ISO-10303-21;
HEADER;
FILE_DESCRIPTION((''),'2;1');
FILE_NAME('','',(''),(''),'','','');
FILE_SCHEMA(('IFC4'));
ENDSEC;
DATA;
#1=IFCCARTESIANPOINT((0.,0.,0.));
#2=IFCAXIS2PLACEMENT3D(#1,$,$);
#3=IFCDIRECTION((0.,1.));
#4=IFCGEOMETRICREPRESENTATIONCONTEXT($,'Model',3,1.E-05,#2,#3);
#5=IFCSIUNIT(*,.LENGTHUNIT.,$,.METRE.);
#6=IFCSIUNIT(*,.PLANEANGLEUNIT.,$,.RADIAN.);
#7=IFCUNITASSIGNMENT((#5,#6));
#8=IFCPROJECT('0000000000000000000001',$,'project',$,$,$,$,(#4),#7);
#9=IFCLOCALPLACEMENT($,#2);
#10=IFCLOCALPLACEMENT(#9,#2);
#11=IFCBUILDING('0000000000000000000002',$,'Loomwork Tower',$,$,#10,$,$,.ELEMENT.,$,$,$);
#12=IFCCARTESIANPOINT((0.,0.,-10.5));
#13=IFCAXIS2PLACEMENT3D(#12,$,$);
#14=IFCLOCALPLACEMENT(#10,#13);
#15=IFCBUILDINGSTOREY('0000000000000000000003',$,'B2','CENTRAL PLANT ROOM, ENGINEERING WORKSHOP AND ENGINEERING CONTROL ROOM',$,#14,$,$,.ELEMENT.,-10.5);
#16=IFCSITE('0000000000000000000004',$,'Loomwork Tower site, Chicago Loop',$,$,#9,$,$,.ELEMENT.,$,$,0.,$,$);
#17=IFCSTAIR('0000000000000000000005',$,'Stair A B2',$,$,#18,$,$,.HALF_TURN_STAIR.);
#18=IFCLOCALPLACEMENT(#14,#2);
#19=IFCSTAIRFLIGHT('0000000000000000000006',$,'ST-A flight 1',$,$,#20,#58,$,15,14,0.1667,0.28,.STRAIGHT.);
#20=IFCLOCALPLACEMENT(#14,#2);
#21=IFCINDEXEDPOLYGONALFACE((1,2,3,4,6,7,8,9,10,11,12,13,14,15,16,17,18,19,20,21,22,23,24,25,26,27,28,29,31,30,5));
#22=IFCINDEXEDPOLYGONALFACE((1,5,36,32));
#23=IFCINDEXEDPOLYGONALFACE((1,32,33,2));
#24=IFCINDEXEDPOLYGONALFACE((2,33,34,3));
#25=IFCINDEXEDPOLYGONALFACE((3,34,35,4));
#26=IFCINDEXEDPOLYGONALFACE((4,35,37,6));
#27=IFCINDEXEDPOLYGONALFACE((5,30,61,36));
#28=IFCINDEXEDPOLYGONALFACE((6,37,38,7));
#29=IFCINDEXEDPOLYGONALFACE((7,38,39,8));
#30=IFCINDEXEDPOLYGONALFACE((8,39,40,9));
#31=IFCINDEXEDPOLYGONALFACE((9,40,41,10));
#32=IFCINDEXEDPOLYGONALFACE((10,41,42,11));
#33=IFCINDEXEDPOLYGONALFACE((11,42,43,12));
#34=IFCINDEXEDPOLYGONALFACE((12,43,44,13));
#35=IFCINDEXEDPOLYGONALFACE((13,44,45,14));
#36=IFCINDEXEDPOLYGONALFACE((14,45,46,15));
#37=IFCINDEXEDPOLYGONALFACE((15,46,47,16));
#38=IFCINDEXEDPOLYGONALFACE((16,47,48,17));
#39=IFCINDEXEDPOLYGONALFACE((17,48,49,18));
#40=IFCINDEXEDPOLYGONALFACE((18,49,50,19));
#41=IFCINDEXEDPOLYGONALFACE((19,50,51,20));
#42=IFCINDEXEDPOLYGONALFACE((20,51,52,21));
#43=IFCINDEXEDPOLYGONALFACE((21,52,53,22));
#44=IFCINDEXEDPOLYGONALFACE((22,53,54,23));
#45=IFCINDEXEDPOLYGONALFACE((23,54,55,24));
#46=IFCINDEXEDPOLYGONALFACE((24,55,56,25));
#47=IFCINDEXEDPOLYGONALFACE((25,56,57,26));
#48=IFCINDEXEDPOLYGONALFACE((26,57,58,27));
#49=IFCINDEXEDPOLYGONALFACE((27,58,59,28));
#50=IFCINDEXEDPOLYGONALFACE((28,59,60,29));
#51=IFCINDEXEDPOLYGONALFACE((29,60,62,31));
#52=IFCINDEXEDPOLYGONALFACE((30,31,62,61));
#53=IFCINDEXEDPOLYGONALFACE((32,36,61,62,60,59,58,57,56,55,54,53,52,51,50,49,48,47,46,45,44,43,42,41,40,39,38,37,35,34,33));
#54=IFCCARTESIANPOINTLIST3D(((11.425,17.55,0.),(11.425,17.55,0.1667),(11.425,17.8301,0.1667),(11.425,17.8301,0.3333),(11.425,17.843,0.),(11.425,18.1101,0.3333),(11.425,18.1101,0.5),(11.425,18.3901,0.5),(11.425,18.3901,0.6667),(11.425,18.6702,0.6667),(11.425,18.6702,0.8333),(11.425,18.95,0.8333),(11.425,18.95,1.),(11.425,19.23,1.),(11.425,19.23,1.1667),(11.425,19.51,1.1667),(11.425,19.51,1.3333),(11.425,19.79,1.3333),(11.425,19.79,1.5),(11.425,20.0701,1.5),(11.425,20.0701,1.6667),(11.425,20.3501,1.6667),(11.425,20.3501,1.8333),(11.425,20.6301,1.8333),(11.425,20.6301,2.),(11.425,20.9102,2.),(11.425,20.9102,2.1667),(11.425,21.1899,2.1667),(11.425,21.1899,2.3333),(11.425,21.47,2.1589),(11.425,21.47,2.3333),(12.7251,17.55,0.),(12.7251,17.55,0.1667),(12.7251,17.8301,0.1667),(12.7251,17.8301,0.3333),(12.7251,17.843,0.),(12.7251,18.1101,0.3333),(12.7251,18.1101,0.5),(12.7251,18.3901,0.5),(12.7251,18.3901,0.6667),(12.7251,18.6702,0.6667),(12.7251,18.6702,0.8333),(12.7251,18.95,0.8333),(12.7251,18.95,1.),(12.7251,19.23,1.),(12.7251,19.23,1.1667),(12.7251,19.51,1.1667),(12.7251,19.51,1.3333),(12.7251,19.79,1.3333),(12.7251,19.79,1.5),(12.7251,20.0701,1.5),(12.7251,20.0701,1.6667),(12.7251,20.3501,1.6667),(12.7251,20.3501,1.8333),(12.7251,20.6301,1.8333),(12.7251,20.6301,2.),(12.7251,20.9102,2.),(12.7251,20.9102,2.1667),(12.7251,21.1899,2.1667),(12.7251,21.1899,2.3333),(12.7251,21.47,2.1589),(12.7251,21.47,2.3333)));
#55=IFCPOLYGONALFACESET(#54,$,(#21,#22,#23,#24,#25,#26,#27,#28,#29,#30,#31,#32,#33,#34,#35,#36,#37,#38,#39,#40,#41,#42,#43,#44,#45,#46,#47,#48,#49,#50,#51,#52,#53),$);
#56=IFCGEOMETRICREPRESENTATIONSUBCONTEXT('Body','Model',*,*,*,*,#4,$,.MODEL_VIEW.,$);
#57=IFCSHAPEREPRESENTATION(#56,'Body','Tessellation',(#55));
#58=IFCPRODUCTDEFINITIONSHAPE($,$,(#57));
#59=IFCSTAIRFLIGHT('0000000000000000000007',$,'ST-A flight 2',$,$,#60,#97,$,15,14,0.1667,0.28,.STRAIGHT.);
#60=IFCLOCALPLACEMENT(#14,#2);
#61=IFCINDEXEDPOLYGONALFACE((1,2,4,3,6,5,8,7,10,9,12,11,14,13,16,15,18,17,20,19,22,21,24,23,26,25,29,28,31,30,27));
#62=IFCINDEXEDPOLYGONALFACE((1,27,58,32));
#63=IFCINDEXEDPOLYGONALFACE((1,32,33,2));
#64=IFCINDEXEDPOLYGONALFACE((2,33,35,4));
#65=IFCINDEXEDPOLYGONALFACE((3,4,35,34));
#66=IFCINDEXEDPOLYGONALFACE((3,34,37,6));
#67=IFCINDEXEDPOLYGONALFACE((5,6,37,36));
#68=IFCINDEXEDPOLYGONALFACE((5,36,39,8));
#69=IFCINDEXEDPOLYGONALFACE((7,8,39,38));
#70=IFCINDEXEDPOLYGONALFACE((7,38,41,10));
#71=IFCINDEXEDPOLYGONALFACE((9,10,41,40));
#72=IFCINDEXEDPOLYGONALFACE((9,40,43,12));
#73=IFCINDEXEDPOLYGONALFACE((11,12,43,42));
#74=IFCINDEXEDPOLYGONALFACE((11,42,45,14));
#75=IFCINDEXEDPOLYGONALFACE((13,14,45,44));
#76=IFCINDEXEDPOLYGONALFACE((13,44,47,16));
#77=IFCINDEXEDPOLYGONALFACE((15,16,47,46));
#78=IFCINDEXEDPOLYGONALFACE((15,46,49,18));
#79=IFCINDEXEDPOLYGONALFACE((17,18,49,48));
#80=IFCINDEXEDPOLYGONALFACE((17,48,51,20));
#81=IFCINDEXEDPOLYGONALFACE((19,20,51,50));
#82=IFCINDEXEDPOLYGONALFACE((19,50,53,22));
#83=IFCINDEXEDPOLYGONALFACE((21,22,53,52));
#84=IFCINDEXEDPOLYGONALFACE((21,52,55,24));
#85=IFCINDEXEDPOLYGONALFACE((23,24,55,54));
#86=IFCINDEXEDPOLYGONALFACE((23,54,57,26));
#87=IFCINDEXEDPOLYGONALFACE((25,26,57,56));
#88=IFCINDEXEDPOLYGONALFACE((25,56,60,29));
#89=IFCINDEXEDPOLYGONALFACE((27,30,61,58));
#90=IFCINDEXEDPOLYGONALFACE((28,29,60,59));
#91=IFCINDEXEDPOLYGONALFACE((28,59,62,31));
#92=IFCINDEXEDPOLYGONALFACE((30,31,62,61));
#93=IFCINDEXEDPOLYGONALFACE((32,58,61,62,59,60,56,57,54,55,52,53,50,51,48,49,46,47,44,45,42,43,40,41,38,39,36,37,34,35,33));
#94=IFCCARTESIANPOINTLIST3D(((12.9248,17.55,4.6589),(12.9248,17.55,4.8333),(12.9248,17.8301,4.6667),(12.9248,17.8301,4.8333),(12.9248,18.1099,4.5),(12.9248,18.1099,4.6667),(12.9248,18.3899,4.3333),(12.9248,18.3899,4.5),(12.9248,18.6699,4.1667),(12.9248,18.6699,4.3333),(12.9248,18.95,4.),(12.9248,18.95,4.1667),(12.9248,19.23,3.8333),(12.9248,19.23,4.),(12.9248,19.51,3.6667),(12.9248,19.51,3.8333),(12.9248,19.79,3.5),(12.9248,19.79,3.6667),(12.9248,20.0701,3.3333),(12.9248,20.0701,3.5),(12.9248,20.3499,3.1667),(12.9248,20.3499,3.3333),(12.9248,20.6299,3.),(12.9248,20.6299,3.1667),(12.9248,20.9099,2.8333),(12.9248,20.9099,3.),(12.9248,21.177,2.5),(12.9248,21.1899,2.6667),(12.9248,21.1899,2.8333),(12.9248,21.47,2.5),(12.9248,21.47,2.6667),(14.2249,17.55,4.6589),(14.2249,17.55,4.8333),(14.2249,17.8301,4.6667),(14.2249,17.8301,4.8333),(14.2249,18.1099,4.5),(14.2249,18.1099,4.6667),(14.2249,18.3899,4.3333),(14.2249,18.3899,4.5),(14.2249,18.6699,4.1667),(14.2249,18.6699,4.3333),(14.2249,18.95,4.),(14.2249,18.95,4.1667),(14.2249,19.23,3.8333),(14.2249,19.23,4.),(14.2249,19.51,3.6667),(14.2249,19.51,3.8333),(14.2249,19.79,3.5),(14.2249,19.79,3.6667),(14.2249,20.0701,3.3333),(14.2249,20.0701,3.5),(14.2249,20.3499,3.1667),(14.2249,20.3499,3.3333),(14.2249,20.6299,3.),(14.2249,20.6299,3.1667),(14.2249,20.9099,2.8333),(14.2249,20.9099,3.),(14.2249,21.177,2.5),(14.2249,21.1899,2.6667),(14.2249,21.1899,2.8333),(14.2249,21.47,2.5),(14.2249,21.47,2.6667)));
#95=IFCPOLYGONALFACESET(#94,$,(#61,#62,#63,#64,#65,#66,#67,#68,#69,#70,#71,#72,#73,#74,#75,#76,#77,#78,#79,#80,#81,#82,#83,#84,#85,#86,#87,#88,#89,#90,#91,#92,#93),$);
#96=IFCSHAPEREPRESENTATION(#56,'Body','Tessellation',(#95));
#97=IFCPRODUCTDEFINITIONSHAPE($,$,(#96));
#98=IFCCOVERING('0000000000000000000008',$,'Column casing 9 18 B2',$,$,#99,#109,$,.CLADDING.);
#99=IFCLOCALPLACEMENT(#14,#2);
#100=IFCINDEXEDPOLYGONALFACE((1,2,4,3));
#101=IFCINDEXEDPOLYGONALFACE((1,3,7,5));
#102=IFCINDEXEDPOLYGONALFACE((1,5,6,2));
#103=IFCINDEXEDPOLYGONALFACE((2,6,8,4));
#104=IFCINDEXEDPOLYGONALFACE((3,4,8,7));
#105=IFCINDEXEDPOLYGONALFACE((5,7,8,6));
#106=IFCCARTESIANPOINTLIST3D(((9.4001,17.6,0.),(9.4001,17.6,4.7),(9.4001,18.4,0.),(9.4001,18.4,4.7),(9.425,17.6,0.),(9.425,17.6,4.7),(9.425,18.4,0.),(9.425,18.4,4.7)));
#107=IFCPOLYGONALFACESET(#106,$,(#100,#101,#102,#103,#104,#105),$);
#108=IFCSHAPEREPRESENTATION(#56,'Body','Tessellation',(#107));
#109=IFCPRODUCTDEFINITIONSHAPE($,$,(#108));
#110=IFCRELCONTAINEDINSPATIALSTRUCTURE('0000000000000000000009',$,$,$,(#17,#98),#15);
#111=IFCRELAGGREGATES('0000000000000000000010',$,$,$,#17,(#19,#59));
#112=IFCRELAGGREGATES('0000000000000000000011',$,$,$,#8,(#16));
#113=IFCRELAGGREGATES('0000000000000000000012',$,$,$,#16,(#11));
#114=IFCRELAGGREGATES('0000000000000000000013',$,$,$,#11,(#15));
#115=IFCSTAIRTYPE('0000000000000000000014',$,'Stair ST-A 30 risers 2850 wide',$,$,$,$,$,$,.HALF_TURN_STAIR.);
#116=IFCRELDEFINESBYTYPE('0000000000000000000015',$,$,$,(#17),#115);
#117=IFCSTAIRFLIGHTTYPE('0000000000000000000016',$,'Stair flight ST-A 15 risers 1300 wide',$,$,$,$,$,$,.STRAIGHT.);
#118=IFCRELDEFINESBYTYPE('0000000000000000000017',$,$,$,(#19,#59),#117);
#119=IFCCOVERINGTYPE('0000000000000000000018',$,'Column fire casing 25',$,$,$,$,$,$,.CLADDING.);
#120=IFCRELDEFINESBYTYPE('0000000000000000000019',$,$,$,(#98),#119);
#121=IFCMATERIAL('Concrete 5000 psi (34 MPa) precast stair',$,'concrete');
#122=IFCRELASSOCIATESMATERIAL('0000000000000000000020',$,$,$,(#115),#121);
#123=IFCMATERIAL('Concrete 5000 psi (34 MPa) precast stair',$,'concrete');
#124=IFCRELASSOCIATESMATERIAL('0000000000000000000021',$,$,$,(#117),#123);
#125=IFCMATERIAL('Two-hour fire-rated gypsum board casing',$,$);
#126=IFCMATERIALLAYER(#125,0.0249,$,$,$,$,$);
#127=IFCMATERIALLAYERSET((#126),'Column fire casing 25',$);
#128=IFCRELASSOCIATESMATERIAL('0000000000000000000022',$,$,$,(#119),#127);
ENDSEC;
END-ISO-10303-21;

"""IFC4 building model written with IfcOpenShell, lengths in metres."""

from ifc_helpers import new_model, si_unit, direction, frame, origin, origin_2d, place, context, subcontext, project, spatial, polyline, rectangle, outline, extrude, material, layer, layer_set, type_object, element, aggregate, save


model = new_model("IFC4")

# Units and contexts
model_context = context("Model", 3, precision=1e-05, world=origin(), true_north=direction((0.0, 1.0)))
body_context = subcontext(model_context, "Body", "Model", "MODEL_VIEW")
ifc_project = project(units=[si_unit("LENGTHUNIT", "METRE"), si_unit("PLANEANGLEUNIT", "RADIAN")], contexts=[model_context])

# Site, building, storey
site_placement = place(None, origin())
site = spatial("IfcSite", under=ifc_project, at=site_placement, Name="Loomwork Tower site, Chicago Loop", CompositionType="ELEMENT", RefElevation=0.0)
building_placement = place(site_placement, origin())
building = spatial("IfcBuilding", under=site, at=building_placement, Name="Loomwork Tower", CompositionType="ELEMENT")
storey_placement = place(building_placement, frame((0.0, 0.0, -10.5)))
storey = spatial("IfcBuildingStorey", under=building, at=storey_placement, Name="B2", Description="CENTRAL PLANT ROOM, ENGINEERING WORKSHOP AND ENGINEERING CONTROL ROOM", CompositionType="ELEMENT", Elevation=-10.5)

# Stair, stair flights
ifc_material_1 = material(Name="Concrete 5000 psi (34 MPa) precast stair", Category="concrete")
stair_type = type_object("IfcStairType", Name="Stair ST-A 30 risers 2850 wide", PredefinedType="HALF_TURN_STAIR", material=ifc_material_1)
stair_placement = place(storey_placement, origin())
stair = element("IfcStair", 1, at=stair_placement, inside=storey, type_object=stair_type, Name="Stair A B2", PredefinedType="HALF_TURN_STAIR")
ifc_material_2 = material(Name="Concrete 5000 psi (34 MPa) precast stair", Category="concrete")
stair_flight_type = type_object("IfcStairFlightType", Name="Stair flight ST-A 15 risers 1300 wide", PredefinedType="STRAIGHT", material=ifc_material_2)
stair_flight_1_placement = place(storey_placement, frame((12.075, 17.55, 0.0), z_axis=(0.0, 0.0, 1.0), x_axis=(0.0, 1.0, 0.0)))
stair_flight_1 = element("IfcStairFlight", 2, at=stair_flight_1_placement, type_object=stair_flight_type, Name="ST-A flight 1", NumberOfRisers=15, NumberOfTreads=14, PredefinedType="STRAIGHT", RiserHeight=0.1667, TreadLength=0.28, context=body_context, shape_type="SweptSolid", body=[
    extrude(outline(polyline([(0.0, 0.0), (0.0, 0.1667), (0.28, 0.1667), (0.28, 0.3333), (0.5601, 0.3333), (0.5601, 0.5), (0.8401, 0.5), (0.8401, 0.6667), (1.1201, 0.6667), (1.1201, 0.8333), (1.3999, 0.8333), (1.3999, 1.0), (1.6799, 1.0), (1.6799, 1.1667), (1.96, 1.1667), (1.96, 1.3333), (2.24, 1.3333), (2.24, 1.5), (2.52, 1.5), (2.52, 1.6667), (2.8, 1.6667), (2.8, 1.8333), (3.0801, 1.8333), (3.0801, 2.0), (3.3601, 2.0), (3.3601, 2.1667), (3.6399, 2.1667), (3.6399, 2.3333), (3.9199, 2.3333), (3.9199, 2.5), (3.9199, 2.1589), (0.293, 0.0), (0.0, 0.0)])), frame((0.0, 0.6499, 0.0), z_axis=(0.0, -1.0, 0.0), x_axis=(1.0, 0.0, 0.0)), (0.0, 0.0, 1.0), 1.3),
])
stair_flight_2_placement = place(storey_placement, frame((13.575, 21.47, 2.5), z_axis=(0.0, 0.0, 1.0), x_axis=(0.0, -1.0, 0.0)))
stair_flight_2 = element("IfcStairFlight", 3, at=stair_flight_2_placement, type_object=stair_flight_type, Name="ST-A flight 2", NumberOfRisers=15, NumberOfTreads=14, PredefinedType="STRAIGHT", RiserHeight=0.1667, TreadLength=0.28, context=body_context, shape_type="SweptSolid", body=[
    extrude(outline(polyline([(0.0, 0.0), (0.0, 0.1667), (0.28, 0.1667), (0.28, 0.3333), (0.5601, 0.3333), (0.5601, 0.5), (0.8401, 0.5), (0.8401, 0.6667), (1.1201, 0.6667), (1.1201, 0.8333), (1.3999, 0.8333), (1.3999, 1.0), (1.6799, 1.0), (1.6799, 1.1667), (1.96, 1.1667), (1.96, 1.3333), (2.24, 1.3333), (2.24, 1.5), (2.52, 1.5), (2.52, 1.6667), (2.8, 1.6667), (2.8, 1.8333), (3.0801, 1.8333), (3.0801, 2.0), (3.3601, 2.0), (3.3601, 2.1667), (3.6399, 2.1667), (3.6399, 2.3333), (3.9199, 2.3333), (3.9199, 2.5), (3.9199, 2.1589), (0.293, 0.0), (0.0, 0.0)])), frame((0.0, 0.6499, 0.0), z_axis=(0.0, -1.0, 0.0), x_axis=(1.0, 0.0, 0.0)), (0.0, 0.0, 1.0), 1.3),
])
aggregate(stair, [stair_flight_1, stair_flight_2])

# Covering
ifc_material_3 = material(Name="Two-hour fire-rated gypsum board casing")
ifc_layer_1 = layer(ifc_material_3, 0.0249)
ifc_layer_set_1 = layer_set([ifc_layer_1], Name="Column fire casing 25")
covering_type = type_object("IfcCoveringType", Name="Column fire casing 25", PredefinedType="CLADDING", material=ifc_layer_set_1)
covering_placement = place(storey_placement, frame((9.4126, 18.0, 0.0), z_axis=(0.0, 0.0, 1.0), x_axis=(1.0, 0.0, 0.0)))
element("IfcCovering", 4, at=covering_placement, inside=storey, type_object=covering_type, Name="Column casing 9 18 B2", PredefinedType="CLADDING", context=body_context, shape_type="SweptSolid", body=[
    extrude(rectangle(XDim=0.0249, YDim=0.8, at=origin_2d()), origin(), (0.0, 0.0, 1.0), 4.7),
])

save(model, "model.ifc")
